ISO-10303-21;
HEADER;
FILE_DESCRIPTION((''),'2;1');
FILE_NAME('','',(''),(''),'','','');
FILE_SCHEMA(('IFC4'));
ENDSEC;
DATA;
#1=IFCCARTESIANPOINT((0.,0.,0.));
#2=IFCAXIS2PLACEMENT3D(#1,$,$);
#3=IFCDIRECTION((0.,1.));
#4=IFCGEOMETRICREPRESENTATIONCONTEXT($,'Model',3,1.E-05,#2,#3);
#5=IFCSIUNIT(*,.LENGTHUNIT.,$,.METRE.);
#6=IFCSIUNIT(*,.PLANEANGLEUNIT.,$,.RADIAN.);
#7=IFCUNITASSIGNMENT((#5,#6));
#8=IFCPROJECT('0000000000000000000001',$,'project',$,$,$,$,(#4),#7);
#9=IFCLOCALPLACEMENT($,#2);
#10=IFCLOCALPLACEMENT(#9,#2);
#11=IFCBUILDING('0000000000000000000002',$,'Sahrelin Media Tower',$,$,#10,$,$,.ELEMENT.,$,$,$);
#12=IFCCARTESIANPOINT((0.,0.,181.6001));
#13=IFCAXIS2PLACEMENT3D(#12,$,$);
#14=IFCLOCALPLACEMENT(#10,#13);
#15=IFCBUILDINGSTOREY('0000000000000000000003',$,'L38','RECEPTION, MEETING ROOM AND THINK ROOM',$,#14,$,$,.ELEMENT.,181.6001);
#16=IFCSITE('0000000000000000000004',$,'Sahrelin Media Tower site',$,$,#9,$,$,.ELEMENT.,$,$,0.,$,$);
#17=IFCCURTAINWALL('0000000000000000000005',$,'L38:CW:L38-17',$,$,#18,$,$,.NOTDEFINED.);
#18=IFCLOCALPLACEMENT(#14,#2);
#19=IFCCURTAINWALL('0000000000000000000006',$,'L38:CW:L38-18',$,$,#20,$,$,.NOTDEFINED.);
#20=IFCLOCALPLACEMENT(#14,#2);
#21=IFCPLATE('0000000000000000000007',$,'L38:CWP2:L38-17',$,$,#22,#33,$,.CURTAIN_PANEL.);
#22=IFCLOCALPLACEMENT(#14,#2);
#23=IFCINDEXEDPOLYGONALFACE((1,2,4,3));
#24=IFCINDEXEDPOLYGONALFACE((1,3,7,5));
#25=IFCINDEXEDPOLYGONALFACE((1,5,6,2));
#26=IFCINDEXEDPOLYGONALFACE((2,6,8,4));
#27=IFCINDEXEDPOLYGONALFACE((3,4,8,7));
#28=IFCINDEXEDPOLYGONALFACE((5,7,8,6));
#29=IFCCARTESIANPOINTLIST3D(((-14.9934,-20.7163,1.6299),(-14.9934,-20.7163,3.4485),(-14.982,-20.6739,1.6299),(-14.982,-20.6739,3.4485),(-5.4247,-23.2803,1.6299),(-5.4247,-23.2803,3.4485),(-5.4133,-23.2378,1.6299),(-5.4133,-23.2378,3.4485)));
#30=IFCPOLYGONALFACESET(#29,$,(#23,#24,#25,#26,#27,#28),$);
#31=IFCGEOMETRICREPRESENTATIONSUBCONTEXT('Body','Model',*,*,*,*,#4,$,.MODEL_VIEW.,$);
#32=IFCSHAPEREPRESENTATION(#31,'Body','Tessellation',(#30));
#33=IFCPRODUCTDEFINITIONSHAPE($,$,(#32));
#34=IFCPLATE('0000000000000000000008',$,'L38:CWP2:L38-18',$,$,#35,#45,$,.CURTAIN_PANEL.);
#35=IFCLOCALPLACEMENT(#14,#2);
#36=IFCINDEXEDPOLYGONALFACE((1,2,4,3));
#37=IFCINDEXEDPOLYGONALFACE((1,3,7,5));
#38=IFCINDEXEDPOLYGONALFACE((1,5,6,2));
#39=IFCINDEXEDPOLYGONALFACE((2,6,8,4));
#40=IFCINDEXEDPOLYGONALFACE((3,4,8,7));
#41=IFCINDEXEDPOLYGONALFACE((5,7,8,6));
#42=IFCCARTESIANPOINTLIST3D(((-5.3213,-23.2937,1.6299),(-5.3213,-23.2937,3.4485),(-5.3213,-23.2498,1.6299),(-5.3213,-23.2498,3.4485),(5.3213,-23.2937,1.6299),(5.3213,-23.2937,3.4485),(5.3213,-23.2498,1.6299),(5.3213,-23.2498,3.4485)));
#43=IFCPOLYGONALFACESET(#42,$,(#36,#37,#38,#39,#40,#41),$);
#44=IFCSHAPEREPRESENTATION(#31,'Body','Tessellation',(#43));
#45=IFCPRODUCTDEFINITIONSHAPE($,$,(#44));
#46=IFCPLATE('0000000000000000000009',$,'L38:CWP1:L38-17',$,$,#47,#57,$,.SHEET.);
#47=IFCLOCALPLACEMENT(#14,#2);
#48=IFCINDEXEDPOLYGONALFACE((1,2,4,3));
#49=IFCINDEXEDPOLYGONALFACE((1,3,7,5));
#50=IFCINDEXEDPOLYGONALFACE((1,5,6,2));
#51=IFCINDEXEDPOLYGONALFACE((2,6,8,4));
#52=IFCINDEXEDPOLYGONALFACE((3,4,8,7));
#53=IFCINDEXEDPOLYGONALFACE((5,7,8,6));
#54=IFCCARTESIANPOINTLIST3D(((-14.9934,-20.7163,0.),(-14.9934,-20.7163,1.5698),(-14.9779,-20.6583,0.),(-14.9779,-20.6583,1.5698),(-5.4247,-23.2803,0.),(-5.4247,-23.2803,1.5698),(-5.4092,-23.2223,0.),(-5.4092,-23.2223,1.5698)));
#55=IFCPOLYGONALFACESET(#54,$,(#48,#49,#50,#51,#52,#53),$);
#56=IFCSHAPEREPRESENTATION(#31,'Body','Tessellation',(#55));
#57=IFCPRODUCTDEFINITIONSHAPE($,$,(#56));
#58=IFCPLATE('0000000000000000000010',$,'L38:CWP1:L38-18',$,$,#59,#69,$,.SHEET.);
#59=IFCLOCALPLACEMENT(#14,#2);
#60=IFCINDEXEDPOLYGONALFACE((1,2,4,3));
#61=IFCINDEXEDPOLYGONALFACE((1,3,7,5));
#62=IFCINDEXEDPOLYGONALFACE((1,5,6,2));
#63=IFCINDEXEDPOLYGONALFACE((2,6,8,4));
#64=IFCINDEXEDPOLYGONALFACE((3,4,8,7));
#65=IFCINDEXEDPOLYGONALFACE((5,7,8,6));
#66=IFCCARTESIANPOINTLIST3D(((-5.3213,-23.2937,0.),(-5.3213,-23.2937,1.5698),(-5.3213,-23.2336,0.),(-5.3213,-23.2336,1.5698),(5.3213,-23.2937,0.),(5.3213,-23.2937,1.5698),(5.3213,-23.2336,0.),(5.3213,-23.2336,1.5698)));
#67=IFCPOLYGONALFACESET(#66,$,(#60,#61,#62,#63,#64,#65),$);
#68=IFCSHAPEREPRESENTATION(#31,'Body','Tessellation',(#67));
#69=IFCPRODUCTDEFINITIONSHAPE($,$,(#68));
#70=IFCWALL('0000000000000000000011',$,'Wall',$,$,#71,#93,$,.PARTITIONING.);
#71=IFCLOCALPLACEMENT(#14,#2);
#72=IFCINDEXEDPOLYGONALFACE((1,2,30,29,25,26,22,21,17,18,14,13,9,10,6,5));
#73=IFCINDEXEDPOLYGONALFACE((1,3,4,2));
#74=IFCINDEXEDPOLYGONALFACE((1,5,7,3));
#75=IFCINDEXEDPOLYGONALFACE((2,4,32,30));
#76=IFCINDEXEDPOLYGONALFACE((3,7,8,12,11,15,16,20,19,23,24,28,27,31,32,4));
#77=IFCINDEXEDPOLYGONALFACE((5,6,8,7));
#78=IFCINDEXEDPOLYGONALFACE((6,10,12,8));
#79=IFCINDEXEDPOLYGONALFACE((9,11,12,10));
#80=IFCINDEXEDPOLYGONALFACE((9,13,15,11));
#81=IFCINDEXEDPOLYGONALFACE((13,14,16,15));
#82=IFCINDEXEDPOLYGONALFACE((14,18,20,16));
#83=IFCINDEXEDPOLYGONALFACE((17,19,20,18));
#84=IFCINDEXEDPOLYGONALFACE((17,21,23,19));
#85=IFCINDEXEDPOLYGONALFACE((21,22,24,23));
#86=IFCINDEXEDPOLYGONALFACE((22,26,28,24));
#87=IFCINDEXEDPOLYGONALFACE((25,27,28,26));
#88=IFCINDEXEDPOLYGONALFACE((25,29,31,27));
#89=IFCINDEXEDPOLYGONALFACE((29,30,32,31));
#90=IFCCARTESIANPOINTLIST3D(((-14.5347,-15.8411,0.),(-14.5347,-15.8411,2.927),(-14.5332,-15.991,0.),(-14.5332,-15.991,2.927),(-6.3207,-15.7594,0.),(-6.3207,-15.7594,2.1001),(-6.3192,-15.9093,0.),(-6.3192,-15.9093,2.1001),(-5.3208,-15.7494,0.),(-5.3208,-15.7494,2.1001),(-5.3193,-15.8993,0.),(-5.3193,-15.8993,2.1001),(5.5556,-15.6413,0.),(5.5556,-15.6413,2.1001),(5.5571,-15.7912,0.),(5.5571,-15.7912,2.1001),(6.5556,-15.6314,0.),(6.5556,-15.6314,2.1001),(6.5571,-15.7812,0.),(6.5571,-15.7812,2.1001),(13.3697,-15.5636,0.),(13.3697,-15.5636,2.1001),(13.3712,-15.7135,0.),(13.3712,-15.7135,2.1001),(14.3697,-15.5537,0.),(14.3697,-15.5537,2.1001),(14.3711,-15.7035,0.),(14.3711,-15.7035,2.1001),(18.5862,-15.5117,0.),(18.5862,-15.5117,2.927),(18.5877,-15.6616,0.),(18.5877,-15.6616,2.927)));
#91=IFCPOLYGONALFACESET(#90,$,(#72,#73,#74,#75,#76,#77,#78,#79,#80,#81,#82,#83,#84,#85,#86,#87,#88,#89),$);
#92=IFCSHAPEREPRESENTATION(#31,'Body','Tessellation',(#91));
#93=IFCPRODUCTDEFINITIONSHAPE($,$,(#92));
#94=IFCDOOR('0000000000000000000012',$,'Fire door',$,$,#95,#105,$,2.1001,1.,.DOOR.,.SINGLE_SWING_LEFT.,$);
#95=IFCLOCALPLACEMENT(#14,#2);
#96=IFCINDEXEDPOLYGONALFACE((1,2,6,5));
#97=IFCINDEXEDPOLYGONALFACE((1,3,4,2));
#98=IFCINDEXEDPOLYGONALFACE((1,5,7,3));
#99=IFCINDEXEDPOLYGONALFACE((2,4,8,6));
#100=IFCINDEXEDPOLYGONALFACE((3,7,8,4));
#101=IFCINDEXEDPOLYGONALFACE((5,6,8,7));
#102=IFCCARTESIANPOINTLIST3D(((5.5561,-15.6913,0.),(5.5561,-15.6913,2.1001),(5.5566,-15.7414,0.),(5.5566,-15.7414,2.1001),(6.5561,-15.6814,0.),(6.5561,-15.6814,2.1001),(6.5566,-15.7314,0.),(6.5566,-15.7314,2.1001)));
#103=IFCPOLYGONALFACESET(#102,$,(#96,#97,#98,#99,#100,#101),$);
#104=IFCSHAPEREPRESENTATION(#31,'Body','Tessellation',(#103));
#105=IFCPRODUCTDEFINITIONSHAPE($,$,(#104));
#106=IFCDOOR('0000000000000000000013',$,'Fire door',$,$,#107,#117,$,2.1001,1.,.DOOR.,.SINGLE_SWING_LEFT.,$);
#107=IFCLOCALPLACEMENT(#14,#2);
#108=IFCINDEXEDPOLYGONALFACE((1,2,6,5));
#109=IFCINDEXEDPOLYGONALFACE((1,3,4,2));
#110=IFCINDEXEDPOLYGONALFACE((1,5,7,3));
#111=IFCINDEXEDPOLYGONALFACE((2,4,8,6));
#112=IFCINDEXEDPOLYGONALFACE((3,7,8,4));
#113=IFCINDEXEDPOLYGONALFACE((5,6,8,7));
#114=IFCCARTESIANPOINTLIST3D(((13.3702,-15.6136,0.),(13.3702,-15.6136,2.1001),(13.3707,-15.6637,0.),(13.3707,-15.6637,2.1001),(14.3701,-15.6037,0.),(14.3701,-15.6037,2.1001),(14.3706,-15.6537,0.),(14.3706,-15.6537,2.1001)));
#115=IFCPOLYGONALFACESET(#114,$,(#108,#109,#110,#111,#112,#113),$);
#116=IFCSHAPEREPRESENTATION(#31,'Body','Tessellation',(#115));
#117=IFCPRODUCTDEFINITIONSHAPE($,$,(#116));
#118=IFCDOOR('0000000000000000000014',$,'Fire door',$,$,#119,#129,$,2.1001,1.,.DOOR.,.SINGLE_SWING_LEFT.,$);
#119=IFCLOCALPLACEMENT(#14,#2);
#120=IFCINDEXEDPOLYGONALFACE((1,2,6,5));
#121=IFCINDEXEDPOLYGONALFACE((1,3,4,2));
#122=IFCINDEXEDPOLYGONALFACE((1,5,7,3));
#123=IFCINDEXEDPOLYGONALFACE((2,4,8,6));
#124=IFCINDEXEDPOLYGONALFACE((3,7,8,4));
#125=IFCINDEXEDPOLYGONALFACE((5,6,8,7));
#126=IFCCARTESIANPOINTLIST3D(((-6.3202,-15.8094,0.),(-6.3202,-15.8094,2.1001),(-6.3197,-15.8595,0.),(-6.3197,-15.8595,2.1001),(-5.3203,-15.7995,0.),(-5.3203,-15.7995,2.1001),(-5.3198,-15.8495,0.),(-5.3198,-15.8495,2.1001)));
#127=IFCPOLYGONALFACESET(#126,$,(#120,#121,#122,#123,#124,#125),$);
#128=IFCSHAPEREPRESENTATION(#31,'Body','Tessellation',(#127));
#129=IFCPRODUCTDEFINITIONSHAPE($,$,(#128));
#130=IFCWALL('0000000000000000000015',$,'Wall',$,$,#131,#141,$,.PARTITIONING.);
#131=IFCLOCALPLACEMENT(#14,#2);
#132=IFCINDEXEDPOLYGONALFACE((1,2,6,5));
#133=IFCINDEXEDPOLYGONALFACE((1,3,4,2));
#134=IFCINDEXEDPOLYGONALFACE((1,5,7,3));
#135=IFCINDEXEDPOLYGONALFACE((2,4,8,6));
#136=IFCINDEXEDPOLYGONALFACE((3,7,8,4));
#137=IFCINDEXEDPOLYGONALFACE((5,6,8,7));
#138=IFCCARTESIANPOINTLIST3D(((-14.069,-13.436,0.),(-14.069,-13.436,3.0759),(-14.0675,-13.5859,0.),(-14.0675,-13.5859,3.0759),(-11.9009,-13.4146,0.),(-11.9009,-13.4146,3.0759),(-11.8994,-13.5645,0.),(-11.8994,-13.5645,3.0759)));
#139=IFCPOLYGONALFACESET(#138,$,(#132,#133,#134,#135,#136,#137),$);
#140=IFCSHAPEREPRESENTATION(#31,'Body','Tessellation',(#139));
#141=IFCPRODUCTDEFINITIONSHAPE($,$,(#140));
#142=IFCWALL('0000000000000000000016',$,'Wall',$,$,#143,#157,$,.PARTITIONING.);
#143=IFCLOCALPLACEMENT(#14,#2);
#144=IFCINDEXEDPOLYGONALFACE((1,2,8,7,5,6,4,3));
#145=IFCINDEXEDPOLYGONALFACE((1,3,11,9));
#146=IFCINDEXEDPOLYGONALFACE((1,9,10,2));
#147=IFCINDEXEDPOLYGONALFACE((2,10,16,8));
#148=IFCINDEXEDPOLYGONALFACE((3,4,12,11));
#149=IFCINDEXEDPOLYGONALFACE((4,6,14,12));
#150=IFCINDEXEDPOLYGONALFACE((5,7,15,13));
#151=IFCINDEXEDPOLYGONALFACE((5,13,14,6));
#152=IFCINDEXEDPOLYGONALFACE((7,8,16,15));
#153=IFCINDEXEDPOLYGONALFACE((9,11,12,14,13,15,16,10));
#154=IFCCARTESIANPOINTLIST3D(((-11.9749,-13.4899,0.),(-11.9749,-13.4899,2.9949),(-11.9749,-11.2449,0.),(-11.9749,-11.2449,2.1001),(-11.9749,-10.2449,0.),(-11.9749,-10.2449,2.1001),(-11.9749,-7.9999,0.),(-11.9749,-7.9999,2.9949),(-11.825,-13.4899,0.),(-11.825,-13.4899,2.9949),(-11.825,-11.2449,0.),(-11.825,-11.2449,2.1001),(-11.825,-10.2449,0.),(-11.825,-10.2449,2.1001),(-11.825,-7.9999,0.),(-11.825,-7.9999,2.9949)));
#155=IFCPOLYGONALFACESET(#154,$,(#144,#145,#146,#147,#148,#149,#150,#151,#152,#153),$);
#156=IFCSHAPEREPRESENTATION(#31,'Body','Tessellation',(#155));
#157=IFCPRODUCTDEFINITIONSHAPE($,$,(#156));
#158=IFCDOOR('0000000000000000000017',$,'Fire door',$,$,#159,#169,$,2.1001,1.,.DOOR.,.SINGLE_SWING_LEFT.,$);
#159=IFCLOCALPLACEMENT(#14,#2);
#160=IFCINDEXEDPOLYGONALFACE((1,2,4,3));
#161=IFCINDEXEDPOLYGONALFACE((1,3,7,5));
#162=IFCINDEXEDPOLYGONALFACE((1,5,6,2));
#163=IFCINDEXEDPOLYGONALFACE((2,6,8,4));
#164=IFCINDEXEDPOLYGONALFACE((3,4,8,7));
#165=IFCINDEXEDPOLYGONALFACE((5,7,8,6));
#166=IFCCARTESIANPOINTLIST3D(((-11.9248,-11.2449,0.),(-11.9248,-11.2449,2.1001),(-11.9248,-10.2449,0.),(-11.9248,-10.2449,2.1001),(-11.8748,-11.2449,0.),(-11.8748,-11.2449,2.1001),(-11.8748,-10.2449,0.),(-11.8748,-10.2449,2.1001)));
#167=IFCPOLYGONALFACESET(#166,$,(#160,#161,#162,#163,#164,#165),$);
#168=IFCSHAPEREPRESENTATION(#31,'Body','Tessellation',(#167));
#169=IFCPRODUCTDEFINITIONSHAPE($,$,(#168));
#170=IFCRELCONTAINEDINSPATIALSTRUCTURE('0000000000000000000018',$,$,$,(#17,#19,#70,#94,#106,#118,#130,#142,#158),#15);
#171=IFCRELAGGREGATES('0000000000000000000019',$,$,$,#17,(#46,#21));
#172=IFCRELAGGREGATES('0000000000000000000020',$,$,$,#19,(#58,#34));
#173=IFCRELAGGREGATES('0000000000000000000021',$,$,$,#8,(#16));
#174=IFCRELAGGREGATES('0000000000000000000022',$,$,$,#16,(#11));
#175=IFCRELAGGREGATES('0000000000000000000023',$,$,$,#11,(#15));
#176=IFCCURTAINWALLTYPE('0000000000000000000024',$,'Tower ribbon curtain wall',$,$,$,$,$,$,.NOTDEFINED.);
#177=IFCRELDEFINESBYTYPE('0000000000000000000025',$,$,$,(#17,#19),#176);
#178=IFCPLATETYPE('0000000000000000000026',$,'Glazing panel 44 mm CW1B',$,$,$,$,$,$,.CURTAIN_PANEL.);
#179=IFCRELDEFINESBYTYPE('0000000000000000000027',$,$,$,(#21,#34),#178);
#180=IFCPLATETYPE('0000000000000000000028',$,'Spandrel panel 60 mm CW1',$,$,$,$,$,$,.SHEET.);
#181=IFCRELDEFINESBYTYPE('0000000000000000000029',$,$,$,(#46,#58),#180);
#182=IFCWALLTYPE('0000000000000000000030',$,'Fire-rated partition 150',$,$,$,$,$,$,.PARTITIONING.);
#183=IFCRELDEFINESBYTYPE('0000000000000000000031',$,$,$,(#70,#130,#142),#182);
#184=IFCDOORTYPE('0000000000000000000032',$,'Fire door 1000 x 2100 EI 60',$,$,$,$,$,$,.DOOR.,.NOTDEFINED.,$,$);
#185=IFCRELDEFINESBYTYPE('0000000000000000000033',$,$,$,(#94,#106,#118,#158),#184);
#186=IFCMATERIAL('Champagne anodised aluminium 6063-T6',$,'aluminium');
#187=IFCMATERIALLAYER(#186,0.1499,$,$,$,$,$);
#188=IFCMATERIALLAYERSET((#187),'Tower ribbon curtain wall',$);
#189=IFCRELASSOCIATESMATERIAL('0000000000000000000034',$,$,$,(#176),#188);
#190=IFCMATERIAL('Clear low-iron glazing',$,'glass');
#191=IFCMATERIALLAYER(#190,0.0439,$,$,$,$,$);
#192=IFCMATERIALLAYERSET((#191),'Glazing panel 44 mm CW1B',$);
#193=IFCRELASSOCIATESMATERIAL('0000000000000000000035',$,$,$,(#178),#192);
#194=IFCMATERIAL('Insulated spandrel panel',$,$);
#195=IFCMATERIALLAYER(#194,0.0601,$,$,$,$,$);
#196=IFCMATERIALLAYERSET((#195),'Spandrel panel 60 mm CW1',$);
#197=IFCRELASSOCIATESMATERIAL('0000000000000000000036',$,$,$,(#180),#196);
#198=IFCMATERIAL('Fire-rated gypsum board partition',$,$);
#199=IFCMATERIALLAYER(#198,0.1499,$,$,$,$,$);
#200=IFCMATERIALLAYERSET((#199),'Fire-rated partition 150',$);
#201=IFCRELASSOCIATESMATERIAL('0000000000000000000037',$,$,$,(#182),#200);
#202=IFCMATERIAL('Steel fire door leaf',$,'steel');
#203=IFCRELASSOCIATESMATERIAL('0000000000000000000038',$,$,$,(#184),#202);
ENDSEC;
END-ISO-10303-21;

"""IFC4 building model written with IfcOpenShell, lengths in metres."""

from ifc_helpers import new_model, si_unit, direction, frame, frame_2d, origin, place, context, subcontext, project, spatial, polyline, rectangle, outline, extrude, material, layer, layer_set, type_object, element, fill, aggregate, save


model = new_model("IFC4")

# Units and contexts
model_context = context("Model", 3, precision=1e-05, world=origin(), true_north=direction((0.0, 1.0)))
body_context = subcontext(model_context, "Body", "Model", "MODEL_VIEW")
ifc_project = project(units=[si_unit("LENGTHUNIT", "METRE"), si_unit("PLANEANGLEUNIT", "RADIAN")], contexts=[model_context])

# Site, building, storey
site_placement = place(None, origin())
site = spatial("IfcSite", under=ifc_project, at=site_placement, Name="Sahrelin Media Tower site", CompositionType="ELEMENT", RefElevation=0.0)
building_placement = place(site_placement, origin())
building = spatial("IfcBuilding", under=site, at=building_placement, Name="Sahrelin Media Tower", CompositionType="ELEMENT")
storey_placement = place(building_placement, frame((0.0, 0.0, 181.6001)))
storey = spatial("IfcBuildingStorey", under=building, at=storey_placement, Name="L38", Description="RECEPTION, MEETING ROOM AND THINK ROOM", CompositionType="ELEMENT", Elevation=181.6001)

# Curtain wall
ifc_material_1 = material(Name="Champagne anodised aluminium 6063-T6", Category="aluminium")
ifc_layer_1 = layer(ifc_material_1, 0.1499)
ifc_layer_set_1 = layer_set([ifc_layer_1], Name="Tower ribbon curtain wall")
curtain_wall_type = type_object("IfcCurtainWallType", Name="Tower ribbon curtain wall", PredefinedType="NOTDEFINED", material=ifc_layer_set_1)
curtain_wall_1_placement = place(storey_placement, frame((-10.2039, -21.979, 0.0), z_axis=(0.0, 0.0, 1.0), x_axis=(1.0, 0.0, 0.0)))
curtain_wall_1 = element("IfcCurtainWall", 1, at=curtain_wall_1_placement, inside=storey, type_object=curtain_wall_type, Name="L38:CW:L38-17", PredefinedType="NOTDEFINED")

# Curtain wall
curtain_wall_2_placement = place(storey_placement, frame((0.0, -23.2737, 0.0), z_axis=(0.0, 0.0, 1.0), x_axis=(1.0, 0.0, 0.0)))
curtain_wall_2 = element("IfcCurtainWall", 2, at=curtain_wall_2_placement, inside=storey, type_object=curtain_wall_type, Name="L38:CW:L38-18", PredefinedType="NOTDEFINED")

# Plates
ifc_material_2 = material(Name="Clear low-iron glazing", Category="glass")
ifc_layer_2 = layer(ifc_material_2, 0.0439)
ifc_layer_set_2 = layer_set([ifc_layer_2], Name="Glazing panel 44 mm CW1B")
plate_type_1 = type_object("IfcPlateType", Name="Glazing panel 44 mm CW1B", PredefinedType="CURTAIN_PANEL", material=ifc_layer_set_2)
plate_1_placement = place(storey_placement, frame((-14.9934, -20.7163, 1.6299), z_axis=(-0.258825, -0.965924, 0.0), x_axis=(0.965924, -0.258825, 0.0)))
plate_1 = element("IfcPlate", 3, at=plate_1_placement, type_object=plate_type_1, Name="L38:CWP2:L38-17", PredefinedType="CURTAIN_PANEL", context=body_context, shape_type="SweptSolid", body=[
    extrude(outline(polyline([(0.0, 0.0), (9.9062, 0.0), (9.9062, 1.8186), (0.0, 1.8186), (0.0, 0.0)])), origin(), (0.0, 0.0, -1.0), 0.0439),
])
plate_2_placement = place(storey_placement, frame((-5.3213, -23.2937, 1.6299), z_axis=(0.0, -1.0, 0.0), x_axis=(1.0, 0.0, 0.0)))
plate_2 = element("IfcPlate", 4, at=plate_2_placement, type_object=plate_type_1, Name="L38:CWP2:L38-18", PredefinedType="CURTAIN_PANEL", context=body_context, shape_type="SweptSolid", body=[
    extrude(outline(polyline([(0.0, 0.0), (10.6426, 0.0), (10.6426, 1.8186), (0.0, 1.8186), (0.0, 0.0)])), origin(), (0.0, 0.0, -1.0), 0.0439),
])
ifc_material_3 = material(Name="Insulated spandrel panel")
ifc_layer_3 = layer(ifc_material_3, 0.0601)
ifc_layer_set_3 = layer_set([ifc_layer_3], Name="Spandrel panel 60 mm CW1")
plate_type_2 = type_object("IfcPlateType", Name="Spandrel panel 60 mm CW1", PredefinedType="SHEET", material=ifc_layer_set_3)
plate_3_placement = place(storey_placement, frame((-14.9934, -20.7163, 0.0), z_axis=(-0.258825, -0.965924, 0.0), x_axis=(0.965924, -0.258825, 0.0)))
plate_3 = element("IfcPlate", 5, at=plate_3_placement, type_object=plate_type_2, Name="L38:CWP1:L38-17", PredefinedType="SHEET", context=body_context, shape_type="SweptSolid", body=[
    extrude(outline(polyline([(0.0, 0.0), (9.9062, 0.0), (9.9062, 1.5698), (0.0, 1.5698), (0.0, 0.0)])), origin(), (0.0, 0.0, -1.0), 0.0601),
])
aggregate(curtain_wall_1, [plate_3, plate_1])
plate_4_placement = place(storey_placement, frame((-5.3213, -23.2937, 0.0), z_axis=(0.0, -1.0, 0.0), x_axis=(1.0, 0.0, 0.0)))
plate_4 = element("IfcPlate", 6, at=plate_4_placement, type_object=plate_type_2, Name="L38:CWP1:L38-18", PredefinedType="SHEET", context=body_context, shape_type="SweptSolid", body=[
    extrude(outline(polyline([(0.0, 0.0), (10.6426, 0.0), (10.6426, 1.5698), (0.0, 1.5698), (0.0, 0.0)])), origin(), (0.0, 0.0, -1.0), 0.0601),
])
aggregate(curtain_wall_2, [plate_4, plate_2])

# Wall, openings, doors
ifc_material_4 = material(Name="Fire-rated gypsum board partition")
ifc_layer_4 = layer(ifc_material_4, 0.1499)
ifc_layer_set_4 = layer_set([ifc_layer_4], Name="Fire-rated partition 150")
wall_type_1 = type_object("IfcWallType", Name="Fire-rated partition 150", PredefinedType="PARTITIONING", material=ifc_layer_set_4)
wall_1_placement = place(storey_placement, frame((-14.5339, -15.916, 0.0), z_axis=(0.0, 0.0, 1.0), x_axis=(0.999951, 0.009943, 0.0)))
wall_1 = element("IfcWall", 7, at=wall_1_placement, inside=storey, type_object=wall_type_1, Name="Wall", PredefinedType="PARTITIONING", context=body_context, shape_type="SweptSolid", body=[
    extrude(rectangle(XDim=33.1226, YDim=0.1499, at=frame_2d((16.5613, 0.0))), origin(), (0.0, 0.0, 1.0), 2.927),
])
opening_1_placement = place(wall_1_placement, frame((20.0913, 0.0, 0.0)))
opening_1 = element("IfcOpeningElement", 8, at=opening_1_placement, cuts=wall_1, PredefinedType="OPENING", context=body_context, shape_type="SweptSolid", body=[
    extrude(rectangle(XDim=1.0, YDim=2.1001, at=frame_2d((0.5, 1.05))), frame((0.0, 0.075, 0.0), z_axis=(0.0, -1.0, 0.0), x_axis=(1.0, 0.0, 0.0)), (0.0, 0.0, 1.0), 0.1499),
])
opening_2_placement = place(wall_1_placement, frame((27.9058, 0.0, 0.0)))
opening_2 = element("IfcOpeningElement", 9, at=opening_2_placement, cuts=wall_1, PredefinedType="OPENING", context=body_context, shape_type="SweptSolid", body=[
    extrude(rectangle(XDim=1.0, YDim=2.1001, at=frame_2d((0.5, 1.05))), frame((0.0, 0.075, 0.0), z_axis=(0.0, -1.0, 0.0), x_axis=(1.0, 0.0, 0.0)), (0.0, 0.0, 1.0), 0.1499),
])
opening_3_placement = place(wall_1_placement, frame((8.2144, 0.0, 0.0)))
opening_3 = element("IfcOpeningElement", 10, at=opening_3_placement, cuts=wall_1, PredefinedType="OPENING", context=body_context, shape_type="SweptSolid", body=[
    extrude(rectangle(XDim=1.0, YDim=2.1001, at=frame_2d((0.5, 1.05))), frame((0.0, 0.075, 0.0), z_axis=(0.0, -1.0, 0.0), x_axis=(1.0, 0.0, 0.0)), (0.0, 0.0, 1.0), 0.1499),
])
ifc_material_5 = material(Name="Steel fire door leaf", Category="steel")
door_type_1 = type_object("IfcDoorType", Name="Fire door 1000 x 2100 EI 60", OperationType="NOTDEFINED", PredefinedType="DOOR", material=ifc_material_5)
door_1_placement = place(opening_1_placement, origin())
door_1 = element("IfcDoor", 11, at=door_1_placement, inside=storey, type_object=door_type_1, Name="Fire door", OperationType="SINGLE_SWING_LEFT", OverallHeight=2.1001, OverallWidth=1.0, PredefinedType="DOOR", context=body_context, shape_type="SweptSolid", body=[
    extrude(rectangle(XDim=1.0, YDim=2.1001, at=frame_2d((0.5, 1.05))), frame((0.0, 0.0249, 0.0), z_axis=(0.0, -1.0, 0.0), x_axis=(1.0, 0.0, 0.0)), (0.0, 0.0, 1.0), 0.05),
])
fill(opening_1, door_1)
door_2_placement = place(opening_2_placement, origin())
door_2 = element("IfcDoor", 12, at=door_2_placement, inside=storey, type_object=door_type_1, Name="Fire door", OperationType="SINGLE_SWING_LEFT", OverallHeight=2.1001, OverallWidth=1.0, PredefinedType="DOOR", context=body_context, shape_type="SweptSolid", body=[
    extrude(rectangle(XDim=1.0, YDim=2.1001, at=frame_2d((0.5, 1.05))), frame((0.0, 0.0249, 0.0), z_axis=(0.0, -1.0, 0.0), x_axis=(1.0, 0.0, 0.0)), (0.0, 0.0, 1.0), 0.05),
])
fill(opening_2, door_2)
door_3_placement = place(opening_3_placement, origin())
door_3 = element("IfcDoor", 13, at=door_3_placement, inside=storey, type_object=door_type_1, Name="Fire door", OperationType="SINGLE_SWING_LEFT", OverallHeight=2.1001, OverallWidth=1.0, PredefinedType="DOOR", context=body_context, shape_type="SweptSolid", body=[
    extrude(rectangle(XDim=1.0, YDim=2.1001, at=frame_2d((0.5, 1.05))), frame((0.0, 0.0249, 0.0), z_axis=(0.0, -1.0, 0.0), x_axis=(1.0, 0.0, 0.0)), (0.0, 0.0, 1.0), 0.05),
])
fill(opening_3, door_3)

# Wall
wall_2_placement = place(storey_placement, frame((-14.0681, -13.511, 0.0), z_axis=(0.0, 0.0, 1.0), x_axis=(0.999951, 0.009908, 0.0)))
element("IfcWall", 14, at=wall_2_placement, inside=storey, type_object=wall_type_1, Name="Wall", PredefinedType="PARTITIONING", context=body_context, shape_type="SweptSolid", body=[
    extrude(rectangle(XDim=2.1682, YDim=0.1499, at=frame_2d((1.084, 0.0))), origin(), (0.0, 0.0, 1.0), 3.0759),
])

# Wall, opening, door
wall_3_placement = place(storey_placement, frame((-11.8999, -13.49, 0.0), z_axis=(0.0, 0.0, 1.0), x_axis=(0.0, 1.0, 0.0)))
wall_3 = element("IfcWall", 15, at=wall_3_placement, inside=storey, type_object=wall_type_1, Name="Wall", PredefinedType="PARTITIONING", context=body_context, shape_type="SweptSolid", body=[
    extrude(rectangle(XDim=5.49, YDim=0.1499, at=frame_2d((2.7451, 0.0))), origin(), (0.0, 0.0, 1.0), 2.9949),
])
opening_4_placement = place(wall_3_placement, frame((2.2451, 0.0, 0.0)))
opening_4 = element("IfcOpeningElement", 16, at=opening_4_placement, cuts=wall_3, PredefinedType="OPENING", context=body_context, shape_type="SweptSolid", body=[
    extrude(rectangle(XDim=1.0, YDim=2.1001, at=frame_2d((0.5, 1.05))), frame((0.0, 0.075, 0.0), z_axis=(0.0, -1.0, 0.0), x_axis=(1.0, 0.0, 0.0)), (0.0, 0.0, 1.0), 0.1499),
])
door_4_placement = place(opening_4_placement, origin())
door_4 = element("IfcDoor", 17, at=door_4_placement, inside=storey, type_object=door_type_1, Name="Fire door", OperationType="SINGLE_SWING_LEFT", OverallHeight=2.1001, OverallWidth=1.0, PredefinedType="DOOR", context=body_context, shape_type="SweptSolid", body=[
    extrude(rectangle(XDim=1.0, YDim=2.1001, at=frame_2d((0.5, 1.05))), frame((0.0, 0.0249, 0.0), z_axis=(0.0, -1.0, 0.0), x_axis=(1.0, 0.0, 0.0)), (0.0, 0.0, 1.0), 0.05),
])
fill(opening_4, door_4)

save(model, "model.ifc")
